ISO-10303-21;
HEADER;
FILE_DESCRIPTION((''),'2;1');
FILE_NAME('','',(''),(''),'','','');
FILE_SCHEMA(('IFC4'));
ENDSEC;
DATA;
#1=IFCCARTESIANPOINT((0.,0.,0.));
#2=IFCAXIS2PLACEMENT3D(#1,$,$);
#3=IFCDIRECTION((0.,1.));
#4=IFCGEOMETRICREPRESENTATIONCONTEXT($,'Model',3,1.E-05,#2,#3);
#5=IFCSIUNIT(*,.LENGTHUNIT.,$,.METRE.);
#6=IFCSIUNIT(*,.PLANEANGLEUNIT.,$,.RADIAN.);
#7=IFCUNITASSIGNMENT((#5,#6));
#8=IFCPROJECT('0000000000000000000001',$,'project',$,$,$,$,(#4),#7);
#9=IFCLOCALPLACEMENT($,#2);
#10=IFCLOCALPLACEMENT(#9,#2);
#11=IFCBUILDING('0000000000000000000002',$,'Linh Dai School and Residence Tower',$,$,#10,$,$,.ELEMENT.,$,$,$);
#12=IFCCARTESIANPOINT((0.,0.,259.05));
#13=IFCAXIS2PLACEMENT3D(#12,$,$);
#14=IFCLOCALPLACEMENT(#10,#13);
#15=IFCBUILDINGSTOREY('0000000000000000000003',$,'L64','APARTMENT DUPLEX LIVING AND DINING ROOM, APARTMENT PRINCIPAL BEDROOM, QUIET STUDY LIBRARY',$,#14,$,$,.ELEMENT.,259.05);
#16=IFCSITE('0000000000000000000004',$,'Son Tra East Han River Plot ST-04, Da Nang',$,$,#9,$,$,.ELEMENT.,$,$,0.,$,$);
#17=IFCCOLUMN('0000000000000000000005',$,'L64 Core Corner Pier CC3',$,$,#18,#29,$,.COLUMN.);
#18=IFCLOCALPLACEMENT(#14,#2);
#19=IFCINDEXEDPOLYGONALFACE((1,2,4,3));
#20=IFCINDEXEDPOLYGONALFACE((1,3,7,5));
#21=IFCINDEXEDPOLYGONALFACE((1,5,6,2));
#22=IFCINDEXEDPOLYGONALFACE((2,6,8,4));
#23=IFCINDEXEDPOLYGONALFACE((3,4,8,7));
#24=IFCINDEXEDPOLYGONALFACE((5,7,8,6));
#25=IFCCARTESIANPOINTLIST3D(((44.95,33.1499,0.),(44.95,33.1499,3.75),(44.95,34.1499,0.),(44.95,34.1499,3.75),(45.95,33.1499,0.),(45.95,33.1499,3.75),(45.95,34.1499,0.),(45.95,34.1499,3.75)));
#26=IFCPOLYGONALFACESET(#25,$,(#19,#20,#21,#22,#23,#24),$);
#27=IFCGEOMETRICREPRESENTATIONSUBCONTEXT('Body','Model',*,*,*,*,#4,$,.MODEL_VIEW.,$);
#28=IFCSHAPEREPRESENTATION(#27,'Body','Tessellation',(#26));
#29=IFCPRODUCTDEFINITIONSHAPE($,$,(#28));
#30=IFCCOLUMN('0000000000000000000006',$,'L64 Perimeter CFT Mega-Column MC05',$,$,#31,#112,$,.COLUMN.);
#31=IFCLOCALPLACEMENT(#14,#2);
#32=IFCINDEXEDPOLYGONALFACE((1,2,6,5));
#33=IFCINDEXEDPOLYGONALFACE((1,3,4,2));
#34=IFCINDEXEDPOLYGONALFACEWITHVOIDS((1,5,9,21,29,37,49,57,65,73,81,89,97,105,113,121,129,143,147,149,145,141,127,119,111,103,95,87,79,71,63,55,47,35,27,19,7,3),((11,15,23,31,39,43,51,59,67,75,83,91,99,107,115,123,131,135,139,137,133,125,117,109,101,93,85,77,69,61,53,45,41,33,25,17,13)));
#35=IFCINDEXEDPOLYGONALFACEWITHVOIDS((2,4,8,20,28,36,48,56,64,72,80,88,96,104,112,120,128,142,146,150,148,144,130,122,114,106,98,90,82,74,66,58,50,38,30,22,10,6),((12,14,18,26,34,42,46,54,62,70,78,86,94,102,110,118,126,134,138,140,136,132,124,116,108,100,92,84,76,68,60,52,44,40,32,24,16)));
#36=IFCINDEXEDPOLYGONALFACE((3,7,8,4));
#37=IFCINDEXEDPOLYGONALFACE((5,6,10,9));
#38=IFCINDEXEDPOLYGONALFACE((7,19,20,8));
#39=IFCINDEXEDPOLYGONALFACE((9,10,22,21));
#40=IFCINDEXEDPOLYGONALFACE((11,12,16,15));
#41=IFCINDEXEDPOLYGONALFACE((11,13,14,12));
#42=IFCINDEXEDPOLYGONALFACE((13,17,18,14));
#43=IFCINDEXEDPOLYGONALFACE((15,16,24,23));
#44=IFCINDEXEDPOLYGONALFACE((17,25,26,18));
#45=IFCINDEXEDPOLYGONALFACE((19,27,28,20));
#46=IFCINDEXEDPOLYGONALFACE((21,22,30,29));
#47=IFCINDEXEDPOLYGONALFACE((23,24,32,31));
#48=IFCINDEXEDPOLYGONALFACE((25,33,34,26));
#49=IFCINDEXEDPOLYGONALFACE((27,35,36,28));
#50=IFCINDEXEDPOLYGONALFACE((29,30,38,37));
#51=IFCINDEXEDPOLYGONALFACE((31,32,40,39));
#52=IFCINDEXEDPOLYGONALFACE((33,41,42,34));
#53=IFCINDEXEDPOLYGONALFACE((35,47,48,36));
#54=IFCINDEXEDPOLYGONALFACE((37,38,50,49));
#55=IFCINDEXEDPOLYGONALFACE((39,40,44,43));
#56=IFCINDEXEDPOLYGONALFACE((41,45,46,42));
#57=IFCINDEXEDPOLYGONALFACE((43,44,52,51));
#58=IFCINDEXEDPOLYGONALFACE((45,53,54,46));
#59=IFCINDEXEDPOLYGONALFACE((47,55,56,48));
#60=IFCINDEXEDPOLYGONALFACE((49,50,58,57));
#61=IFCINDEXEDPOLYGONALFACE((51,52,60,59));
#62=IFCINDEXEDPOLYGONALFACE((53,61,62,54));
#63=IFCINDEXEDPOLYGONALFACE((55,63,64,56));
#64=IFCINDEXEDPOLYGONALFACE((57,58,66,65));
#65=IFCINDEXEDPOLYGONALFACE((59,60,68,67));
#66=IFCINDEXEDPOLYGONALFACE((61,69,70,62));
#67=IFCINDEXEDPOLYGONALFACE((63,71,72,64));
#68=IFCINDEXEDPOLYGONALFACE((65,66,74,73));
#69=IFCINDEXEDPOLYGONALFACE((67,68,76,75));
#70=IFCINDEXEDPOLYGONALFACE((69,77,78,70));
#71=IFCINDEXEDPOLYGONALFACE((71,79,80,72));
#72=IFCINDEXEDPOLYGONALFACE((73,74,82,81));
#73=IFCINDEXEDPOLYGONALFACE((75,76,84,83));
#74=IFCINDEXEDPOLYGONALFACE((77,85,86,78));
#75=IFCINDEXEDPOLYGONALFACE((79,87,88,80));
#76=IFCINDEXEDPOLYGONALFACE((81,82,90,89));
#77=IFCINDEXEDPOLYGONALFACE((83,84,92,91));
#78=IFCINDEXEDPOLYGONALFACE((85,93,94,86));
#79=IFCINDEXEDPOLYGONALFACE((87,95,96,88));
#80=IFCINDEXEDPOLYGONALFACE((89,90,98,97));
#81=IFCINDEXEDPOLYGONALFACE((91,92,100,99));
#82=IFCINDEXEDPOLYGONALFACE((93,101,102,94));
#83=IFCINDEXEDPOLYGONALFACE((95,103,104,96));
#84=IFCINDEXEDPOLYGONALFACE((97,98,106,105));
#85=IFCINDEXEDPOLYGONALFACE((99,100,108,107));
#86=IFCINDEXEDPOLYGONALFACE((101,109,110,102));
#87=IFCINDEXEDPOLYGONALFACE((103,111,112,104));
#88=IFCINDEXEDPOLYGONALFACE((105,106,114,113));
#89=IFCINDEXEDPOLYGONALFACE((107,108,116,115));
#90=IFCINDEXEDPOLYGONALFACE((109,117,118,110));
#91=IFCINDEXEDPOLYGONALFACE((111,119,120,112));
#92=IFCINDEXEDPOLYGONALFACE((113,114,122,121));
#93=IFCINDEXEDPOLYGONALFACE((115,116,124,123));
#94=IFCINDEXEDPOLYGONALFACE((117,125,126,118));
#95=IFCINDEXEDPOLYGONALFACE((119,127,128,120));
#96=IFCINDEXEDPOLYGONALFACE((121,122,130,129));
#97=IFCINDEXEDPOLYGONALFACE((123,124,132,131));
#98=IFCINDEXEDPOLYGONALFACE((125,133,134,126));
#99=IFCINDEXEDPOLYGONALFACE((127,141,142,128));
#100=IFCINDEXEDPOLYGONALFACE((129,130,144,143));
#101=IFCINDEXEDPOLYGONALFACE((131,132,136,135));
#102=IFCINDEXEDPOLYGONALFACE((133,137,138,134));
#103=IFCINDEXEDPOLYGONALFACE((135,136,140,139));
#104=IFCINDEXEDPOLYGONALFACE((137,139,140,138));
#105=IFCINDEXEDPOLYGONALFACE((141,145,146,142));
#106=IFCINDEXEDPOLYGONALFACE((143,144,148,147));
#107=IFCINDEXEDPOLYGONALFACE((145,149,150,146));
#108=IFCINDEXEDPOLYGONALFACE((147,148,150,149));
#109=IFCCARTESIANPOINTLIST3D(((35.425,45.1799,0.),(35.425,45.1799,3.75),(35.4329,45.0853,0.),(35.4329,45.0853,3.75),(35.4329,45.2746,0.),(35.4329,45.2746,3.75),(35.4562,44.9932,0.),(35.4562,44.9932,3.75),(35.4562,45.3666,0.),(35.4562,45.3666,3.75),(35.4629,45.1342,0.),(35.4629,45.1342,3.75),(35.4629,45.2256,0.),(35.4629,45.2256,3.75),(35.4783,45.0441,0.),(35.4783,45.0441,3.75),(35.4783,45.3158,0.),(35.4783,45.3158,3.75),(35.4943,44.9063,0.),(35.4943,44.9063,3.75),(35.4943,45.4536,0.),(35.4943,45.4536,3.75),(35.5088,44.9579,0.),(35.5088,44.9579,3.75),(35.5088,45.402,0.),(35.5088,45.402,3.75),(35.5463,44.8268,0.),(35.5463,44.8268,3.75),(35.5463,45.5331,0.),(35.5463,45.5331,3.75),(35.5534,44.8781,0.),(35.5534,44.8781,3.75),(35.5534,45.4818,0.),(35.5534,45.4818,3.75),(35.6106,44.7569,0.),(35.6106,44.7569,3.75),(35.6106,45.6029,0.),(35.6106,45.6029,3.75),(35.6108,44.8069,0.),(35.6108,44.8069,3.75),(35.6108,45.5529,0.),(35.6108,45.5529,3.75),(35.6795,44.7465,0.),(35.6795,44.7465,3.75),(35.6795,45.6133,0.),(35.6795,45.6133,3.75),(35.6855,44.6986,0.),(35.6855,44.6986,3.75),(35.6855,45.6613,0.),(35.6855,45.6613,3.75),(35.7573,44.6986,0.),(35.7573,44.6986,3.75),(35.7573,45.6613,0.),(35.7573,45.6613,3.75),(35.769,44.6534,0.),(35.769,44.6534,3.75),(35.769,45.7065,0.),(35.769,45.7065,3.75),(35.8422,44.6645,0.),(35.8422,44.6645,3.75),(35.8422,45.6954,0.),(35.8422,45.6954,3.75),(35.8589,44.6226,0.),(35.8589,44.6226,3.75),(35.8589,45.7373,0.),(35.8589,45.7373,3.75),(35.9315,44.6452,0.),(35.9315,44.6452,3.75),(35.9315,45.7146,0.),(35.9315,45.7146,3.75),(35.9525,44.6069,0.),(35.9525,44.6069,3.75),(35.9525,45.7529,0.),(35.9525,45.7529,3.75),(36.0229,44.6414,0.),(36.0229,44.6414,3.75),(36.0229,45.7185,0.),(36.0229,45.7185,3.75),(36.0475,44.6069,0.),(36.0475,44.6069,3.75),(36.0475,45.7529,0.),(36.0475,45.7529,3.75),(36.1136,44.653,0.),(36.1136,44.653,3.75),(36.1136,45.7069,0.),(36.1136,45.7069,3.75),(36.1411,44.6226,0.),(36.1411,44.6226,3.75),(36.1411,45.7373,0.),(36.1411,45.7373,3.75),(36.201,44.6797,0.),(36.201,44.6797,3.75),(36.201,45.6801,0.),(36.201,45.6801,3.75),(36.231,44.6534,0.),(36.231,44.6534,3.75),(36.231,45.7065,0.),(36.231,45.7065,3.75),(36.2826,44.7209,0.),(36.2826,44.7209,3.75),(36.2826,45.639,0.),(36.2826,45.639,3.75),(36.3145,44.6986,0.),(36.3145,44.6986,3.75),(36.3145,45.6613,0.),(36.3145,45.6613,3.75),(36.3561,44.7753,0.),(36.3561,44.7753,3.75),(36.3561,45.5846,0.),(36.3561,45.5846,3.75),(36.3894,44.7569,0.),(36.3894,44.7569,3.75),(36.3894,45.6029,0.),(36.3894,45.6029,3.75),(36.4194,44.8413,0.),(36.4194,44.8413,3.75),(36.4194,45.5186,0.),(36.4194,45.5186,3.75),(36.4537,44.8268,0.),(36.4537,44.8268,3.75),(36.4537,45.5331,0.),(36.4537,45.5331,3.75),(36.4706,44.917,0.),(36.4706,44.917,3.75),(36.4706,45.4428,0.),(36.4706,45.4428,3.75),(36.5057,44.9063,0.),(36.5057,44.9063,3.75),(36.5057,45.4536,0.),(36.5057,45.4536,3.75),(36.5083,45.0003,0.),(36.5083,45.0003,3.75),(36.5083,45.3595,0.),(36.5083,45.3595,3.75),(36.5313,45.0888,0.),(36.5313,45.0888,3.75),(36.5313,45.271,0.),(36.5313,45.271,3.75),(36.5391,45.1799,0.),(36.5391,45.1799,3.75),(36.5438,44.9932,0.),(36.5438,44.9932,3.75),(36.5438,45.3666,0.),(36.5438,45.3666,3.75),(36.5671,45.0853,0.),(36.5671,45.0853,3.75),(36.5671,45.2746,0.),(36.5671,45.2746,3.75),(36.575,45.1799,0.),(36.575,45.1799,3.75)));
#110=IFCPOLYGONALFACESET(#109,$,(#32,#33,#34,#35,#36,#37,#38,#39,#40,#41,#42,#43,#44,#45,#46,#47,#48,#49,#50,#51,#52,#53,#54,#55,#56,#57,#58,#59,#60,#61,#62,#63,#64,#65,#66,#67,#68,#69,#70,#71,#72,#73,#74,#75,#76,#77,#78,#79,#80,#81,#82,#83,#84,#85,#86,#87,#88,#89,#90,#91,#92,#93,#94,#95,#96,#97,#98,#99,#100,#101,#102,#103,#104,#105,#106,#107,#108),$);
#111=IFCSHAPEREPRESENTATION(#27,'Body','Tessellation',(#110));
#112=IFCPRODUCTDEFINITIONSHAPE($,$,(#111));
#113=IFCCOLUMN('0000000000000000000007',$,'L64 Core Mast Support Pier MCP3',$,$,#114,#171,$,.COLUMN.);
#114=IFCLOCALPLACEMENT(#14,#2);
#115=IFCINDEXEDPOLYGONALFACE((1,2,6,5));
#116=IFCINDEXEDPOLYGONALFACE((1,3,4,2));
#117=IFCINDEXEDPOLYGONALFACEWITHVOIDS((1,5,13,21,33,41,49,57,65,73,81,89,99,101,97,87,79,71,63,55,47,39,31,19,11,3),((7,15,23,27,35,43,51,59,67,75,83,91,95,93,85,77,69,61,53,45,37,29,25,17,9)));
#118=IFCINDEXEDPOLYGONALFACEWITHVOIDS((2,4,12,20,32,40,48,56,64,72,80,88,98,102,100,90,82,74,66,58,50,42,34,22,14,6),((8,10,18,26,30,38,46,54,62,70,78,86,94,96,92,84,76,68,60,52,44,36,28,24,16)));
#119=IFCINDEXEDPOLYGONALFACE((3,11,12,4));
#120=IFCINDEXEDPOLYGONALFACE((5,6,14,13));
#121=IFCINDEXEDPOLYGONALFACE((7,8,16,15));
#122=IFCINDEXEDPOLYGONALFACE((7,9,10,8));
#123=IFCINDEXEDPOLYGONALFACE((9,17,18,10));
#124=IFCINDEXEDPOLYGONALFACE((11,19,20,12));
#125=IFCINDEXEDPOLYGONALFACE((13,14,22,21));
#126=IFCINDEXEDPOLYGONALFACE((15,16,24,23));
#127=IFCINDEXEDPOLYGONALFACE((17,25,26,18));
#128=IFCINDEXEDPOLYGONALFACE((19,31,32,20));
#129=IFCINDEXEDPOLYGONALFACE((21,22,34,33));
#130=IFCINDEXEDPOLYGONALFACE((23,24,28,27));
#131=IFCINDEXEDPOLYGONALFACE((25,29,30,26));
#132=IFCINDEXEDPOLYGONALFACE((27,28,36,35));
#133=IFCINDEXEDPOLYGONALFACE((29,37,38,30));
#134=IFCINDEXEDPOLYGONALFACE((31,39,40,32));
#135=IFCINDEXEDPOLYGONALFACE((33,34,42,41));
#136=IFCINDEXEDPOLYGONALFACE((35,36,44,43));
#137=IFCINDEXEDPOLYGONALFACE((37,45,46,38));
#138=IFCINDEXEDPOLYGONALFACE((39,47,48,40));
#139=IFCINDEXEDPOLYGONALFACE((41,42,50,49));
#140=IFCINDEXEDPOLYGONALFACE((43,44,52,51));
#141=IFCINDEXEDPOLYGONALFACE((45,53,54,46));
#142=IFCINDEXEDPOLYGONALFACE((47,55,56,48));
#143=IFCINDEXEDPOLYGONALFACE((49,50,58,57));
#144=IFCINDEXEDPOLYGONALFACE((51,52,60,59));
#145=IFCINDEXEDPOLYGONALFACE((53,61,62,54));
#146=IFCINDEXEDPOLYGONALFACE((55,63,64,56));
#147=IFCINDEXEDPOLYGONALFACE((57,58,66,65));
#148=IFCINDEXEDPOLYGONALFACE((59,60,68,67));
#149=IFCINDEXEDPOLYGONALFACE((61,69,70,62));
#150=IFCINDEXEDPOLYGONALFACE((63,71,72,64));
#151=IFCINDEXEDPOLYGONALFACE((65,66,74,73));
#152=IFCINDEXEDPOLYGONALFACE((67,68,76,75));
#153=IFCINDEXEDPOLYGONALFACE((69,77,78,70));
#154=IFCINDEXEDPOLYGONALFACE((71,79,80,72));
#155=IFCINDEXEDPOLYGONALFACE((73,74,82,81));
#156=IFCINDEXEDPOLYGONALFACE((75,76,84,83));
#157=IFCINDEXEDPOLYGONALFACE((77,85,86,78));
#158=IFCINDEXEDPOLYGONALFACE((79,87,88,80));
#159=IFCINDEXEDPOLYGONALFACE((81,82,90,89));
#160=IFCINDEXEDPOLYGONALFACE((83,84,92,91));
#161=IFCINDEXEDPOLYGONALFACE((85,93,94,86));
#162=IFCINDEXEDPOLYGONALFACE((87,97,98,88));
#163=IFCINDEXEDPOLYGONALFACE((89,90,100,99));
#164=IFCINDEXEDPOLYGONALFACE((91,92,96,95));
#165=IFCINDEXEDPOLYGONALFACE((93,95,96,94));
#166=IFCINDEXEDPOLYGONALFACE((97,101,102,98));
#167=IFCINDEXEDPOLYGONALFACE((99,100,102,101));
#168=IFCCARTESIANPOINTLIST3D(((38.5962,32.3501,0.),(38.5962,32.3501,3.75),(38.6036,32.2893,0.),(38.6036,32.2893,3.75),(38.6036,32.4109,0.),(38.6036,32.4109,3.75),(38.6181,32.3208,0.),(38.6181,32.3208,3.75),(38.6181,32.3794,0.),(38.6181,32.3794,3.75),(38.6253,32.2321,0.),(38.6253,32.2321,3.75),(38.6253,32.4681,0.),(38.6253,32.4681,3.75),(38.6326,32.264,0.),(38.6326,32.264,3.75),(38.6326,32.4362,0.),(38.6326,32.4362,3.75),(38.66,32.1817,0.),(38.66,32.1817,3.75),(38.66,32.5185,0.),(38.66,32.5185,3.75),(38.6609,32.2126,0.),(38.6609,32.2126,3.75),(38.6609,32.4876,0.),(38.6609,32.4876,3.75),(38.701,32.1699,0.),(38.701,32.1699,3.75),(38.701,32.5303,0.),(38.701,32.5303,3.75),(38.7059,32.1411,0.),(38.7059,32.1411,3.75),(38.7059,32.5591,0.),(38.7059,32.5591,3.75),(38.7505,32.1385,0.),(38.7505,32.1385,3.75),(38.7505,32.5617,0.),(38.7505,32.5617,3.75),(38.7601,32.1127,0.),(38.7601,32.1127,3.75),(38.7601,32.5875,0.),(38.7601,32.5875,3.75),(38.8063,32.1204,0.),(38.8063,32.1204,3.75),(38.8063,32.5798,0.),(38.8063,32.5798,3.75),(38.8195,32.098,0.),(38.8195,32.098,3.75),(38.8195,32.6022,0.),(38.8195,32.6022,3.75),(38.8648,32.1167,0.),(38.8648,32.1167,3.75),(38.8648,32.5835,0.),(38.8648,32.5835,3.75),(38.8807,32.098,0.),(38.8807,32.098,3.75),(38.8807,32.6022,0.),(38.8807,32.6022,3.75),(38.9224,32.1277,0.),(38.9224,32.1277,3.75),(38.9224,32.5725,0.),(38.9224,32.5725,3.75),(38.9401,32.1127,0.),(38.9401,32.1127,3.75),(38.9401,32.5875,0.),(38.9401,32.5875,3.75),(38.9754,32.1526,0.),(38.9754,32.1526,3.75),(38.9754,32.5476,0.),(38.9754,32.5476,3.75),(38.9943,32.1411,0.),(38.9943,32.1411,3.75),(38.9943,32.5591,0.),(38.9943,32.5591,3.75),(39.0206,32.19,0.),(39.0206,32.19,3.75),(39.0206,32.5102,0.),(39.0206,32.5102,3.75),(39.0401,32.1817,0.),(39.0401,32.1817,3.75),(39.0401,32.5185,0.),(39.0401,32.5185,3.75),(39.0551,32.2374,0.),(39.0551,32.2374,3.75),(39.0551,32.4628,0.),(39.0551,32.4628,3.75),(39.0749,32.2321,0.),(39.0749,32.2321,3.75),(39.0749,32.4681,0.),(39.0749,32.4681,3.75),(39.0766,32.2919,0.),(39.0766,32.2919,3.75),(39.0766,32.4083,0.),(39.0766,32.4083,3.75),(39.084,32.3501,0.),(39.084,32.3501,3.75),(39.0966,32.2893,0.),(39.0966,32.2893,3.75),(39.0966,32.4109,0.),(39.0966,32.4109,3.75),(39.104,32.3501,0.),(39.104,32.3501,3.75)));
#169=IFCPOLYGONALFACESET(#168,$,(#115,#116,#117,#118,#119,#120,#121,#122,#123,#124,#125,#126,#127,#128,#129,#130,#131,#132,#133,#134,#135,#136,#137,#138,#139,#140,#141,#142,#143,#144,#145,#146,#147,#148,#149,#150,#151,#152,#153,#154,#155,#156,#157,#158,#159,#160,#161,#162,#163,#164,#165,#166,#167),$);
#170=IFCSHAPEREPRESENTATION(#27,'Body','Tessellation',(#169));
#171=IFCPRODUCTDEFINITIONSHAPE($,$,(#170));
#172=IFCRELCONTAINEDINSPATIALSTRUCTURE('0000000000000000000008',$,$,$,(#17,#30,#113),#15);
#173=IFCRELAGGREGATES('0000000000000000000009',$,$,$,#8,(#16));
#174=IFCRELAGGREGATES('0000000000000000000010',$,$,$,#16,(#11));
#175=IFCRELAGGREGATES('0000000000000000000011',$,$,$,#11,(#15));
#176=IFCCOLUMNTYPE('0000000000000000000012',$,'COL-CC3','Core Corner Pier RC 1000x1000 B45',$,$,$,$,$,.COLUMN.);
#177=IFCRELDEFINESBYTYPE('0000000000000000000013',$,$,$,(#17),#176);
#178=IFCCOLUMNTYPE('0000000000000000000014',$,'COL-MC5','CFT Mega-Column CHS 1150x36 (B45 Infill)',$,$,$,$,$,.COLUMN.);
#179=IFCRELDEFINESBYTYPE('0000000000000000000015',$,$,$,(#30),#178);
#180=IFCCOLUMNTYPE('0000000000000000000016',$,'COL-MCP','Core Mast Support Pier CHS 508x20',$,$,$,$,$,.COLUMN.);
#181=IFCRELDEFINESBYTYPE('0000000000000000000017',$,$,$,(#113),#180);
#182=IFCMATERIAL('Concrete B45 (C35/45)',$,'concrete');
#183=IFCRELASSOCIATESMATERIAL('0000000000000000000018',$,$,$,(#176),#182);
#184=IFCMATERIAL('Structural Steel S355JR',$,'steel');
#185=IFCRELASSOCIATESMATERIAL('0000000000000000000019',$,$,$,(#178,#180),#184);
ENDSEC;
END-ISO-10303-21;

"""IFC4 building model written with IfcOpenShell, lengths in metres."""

from ifc_helpers import new_model, si_unit, direction, frame, origin, origin_2d, place, context, subcontext, project, spatial, rectangle, hollow_circle, extrude, material, material_profile, profile_set, type_object, element, save


model = new_model("IFC4")

# Units and contexts
model_context = context("Model", 3, precision=1e-05, world=origin(), true_north=direction((0.0, 1.0)))
body_context = subcontext(model_context, "Body", "Model", "MODEL_VIEW")
ifc_project = project(units=[si_unit("LENGTHUNIT", "METRE"), si_unit("PLANEANGLEUNIT", "RADIAN")], contexts=[model_context])

# Site, building, storey
site_placement = place(None, origin())
site = spatial("IfcSite", under=ifc_project, at=site_placement, Name="Son Tra East Han River Plot ST-04, Da Nang", CompositionType="ELEMENT", RefElevation=0.0)
building_placement = place(site_placement, origin())
building = spatial("IfcBuilding", under=site, at=building_placement, Name="Linh Dai School and Residence Tower", CompositionType="ELEMENT")
storey_placement = place(building_placement, frame((0.0, 0.0, 259.05)))
storey = spatial("IfcBuildingStorey", under=building, at=storey_placement, Name="L64", Description="APARTMENT DUPLEX LIVING AND DINING ROOM, APARTMENT PRINCIPAL BEDROOM, QUIET STUDY LIBRARY", CompositionType="ELEMENT", Elevation=259.05)

# Columns
ifc_material_1 = material(Name="Concrete B45 (C35/45)", Category="concrete")
ifc_material_profile_1 = material_profile(ifc_material_1, rectangle(XDim=1.0, YDim=1.0, at=origin_2d()), Name="RC 1000x1000")
ifc_profile_set_1 = profile_set([ifc_material_profile_1], Name="Concrete B45 (C35/45)")
column_type_1 = type_object("IfcColumnType", Name="COL-CC3", Description="Core Corner Pier RC 1000x1000 B45", PredefinedType="COLUMN", material=ifc_profile_set_1)
column_1_placement = place(storey_placement, frame((45.45, 33.6499, 0.0), z_axis=(0.0, 0.0, 1.0), x_axis=(1.0, 0.0, 0.0)))
element("IfcColumn", 1, at=column_1_placement, inside=storey, type_object=column_type_1, Name="L64 Core Corner Pier CC3", PredefinedType="COLUMN", context=body_context, shape_type="SweptSolid", body=[
    extrude(rectangle(XDim=1.0, YDim=1.0, at=origin_2d()), origin(), (0.0, 0.0, 1.0), 3.75),
])
ifc_material_2 = material(Name="Structural Steel S355JR", Category="steel")
ifc_material_profile_2 = material_profile(ifc_material_2, hollow_circle(Radius=0.575, WallThickness=0.0359, at=origin_2d()), Name="CHS 1150x36")
ifc_profile_set_2 = profile_set([ifc_material_profile_2], Name="Structural Steel S355JR")
column_type_2 = type_object("IfcColumnType", Name="COL-MC5", Description="CFT Mega-Column CHS 1150x36 (B45 Infill)", PredefinedType="COLUMN", material=ifc_profile_set_2)
column_2_placement = place(storey_placement, frame((36.0, 45.1799, 0.0), z_axis=(0.0, 0.0, 1.0), x_axis=(1.0, 0.0, 0.0)))
element("IfcColumn", 2, at=column_2_placement, inside=storey, type_object=column_type_2, Name="L64 Perimeter CFT Mega-Column MC05", PredefinedType="COLUMN", context=body_context, shape_type="SweptSolid", body=[
    extrude(hollow_circle(Radius=0.575, WallThickness=0.0359, at=origin_2d()), origin(), (0.0, 0.0, 1.0), 3.75),
])
ifc_material_profile_3 = material_profile(ifc_material_2, hollow_circle(Radius=0.2539, WallThickness=0.02, at=origin_2d()), Name="CHS 508x20")
ifc_profile_set_3 = profile_set([ifc_material_profile_3], Name="Structural Steel S355JR")
column_type_3 = type_object("IfcColumnType", Name="COL-MCP", Description="Core Mast Support Pier CHS 508x20", PredefinedType="COLUMN", material=ifc_profile_set_3)
column_3_placement = place(storey_placement, frame((38.8501, 32.3501, 0.0), z_axis=(0.0, 0.0, 1.0), x_axis=(1.0, 0.0, 0.0)))
element("IfcColumn", 3, at=column_3_placement, inside=storey, type_object=column_type_3, Name="L64 Core Mast Support Pier MCP3", PredefinedType="COLUMN", context=body_context, shape_type="SweptSolid", body=[
    extrude(hollow_circle(Radius=0.2539, WallThickness=0.02, at=origin_2d()), origin(), (0.0, 0.0, 1.0), 3.75),
])

save(model, "model.ifc")
